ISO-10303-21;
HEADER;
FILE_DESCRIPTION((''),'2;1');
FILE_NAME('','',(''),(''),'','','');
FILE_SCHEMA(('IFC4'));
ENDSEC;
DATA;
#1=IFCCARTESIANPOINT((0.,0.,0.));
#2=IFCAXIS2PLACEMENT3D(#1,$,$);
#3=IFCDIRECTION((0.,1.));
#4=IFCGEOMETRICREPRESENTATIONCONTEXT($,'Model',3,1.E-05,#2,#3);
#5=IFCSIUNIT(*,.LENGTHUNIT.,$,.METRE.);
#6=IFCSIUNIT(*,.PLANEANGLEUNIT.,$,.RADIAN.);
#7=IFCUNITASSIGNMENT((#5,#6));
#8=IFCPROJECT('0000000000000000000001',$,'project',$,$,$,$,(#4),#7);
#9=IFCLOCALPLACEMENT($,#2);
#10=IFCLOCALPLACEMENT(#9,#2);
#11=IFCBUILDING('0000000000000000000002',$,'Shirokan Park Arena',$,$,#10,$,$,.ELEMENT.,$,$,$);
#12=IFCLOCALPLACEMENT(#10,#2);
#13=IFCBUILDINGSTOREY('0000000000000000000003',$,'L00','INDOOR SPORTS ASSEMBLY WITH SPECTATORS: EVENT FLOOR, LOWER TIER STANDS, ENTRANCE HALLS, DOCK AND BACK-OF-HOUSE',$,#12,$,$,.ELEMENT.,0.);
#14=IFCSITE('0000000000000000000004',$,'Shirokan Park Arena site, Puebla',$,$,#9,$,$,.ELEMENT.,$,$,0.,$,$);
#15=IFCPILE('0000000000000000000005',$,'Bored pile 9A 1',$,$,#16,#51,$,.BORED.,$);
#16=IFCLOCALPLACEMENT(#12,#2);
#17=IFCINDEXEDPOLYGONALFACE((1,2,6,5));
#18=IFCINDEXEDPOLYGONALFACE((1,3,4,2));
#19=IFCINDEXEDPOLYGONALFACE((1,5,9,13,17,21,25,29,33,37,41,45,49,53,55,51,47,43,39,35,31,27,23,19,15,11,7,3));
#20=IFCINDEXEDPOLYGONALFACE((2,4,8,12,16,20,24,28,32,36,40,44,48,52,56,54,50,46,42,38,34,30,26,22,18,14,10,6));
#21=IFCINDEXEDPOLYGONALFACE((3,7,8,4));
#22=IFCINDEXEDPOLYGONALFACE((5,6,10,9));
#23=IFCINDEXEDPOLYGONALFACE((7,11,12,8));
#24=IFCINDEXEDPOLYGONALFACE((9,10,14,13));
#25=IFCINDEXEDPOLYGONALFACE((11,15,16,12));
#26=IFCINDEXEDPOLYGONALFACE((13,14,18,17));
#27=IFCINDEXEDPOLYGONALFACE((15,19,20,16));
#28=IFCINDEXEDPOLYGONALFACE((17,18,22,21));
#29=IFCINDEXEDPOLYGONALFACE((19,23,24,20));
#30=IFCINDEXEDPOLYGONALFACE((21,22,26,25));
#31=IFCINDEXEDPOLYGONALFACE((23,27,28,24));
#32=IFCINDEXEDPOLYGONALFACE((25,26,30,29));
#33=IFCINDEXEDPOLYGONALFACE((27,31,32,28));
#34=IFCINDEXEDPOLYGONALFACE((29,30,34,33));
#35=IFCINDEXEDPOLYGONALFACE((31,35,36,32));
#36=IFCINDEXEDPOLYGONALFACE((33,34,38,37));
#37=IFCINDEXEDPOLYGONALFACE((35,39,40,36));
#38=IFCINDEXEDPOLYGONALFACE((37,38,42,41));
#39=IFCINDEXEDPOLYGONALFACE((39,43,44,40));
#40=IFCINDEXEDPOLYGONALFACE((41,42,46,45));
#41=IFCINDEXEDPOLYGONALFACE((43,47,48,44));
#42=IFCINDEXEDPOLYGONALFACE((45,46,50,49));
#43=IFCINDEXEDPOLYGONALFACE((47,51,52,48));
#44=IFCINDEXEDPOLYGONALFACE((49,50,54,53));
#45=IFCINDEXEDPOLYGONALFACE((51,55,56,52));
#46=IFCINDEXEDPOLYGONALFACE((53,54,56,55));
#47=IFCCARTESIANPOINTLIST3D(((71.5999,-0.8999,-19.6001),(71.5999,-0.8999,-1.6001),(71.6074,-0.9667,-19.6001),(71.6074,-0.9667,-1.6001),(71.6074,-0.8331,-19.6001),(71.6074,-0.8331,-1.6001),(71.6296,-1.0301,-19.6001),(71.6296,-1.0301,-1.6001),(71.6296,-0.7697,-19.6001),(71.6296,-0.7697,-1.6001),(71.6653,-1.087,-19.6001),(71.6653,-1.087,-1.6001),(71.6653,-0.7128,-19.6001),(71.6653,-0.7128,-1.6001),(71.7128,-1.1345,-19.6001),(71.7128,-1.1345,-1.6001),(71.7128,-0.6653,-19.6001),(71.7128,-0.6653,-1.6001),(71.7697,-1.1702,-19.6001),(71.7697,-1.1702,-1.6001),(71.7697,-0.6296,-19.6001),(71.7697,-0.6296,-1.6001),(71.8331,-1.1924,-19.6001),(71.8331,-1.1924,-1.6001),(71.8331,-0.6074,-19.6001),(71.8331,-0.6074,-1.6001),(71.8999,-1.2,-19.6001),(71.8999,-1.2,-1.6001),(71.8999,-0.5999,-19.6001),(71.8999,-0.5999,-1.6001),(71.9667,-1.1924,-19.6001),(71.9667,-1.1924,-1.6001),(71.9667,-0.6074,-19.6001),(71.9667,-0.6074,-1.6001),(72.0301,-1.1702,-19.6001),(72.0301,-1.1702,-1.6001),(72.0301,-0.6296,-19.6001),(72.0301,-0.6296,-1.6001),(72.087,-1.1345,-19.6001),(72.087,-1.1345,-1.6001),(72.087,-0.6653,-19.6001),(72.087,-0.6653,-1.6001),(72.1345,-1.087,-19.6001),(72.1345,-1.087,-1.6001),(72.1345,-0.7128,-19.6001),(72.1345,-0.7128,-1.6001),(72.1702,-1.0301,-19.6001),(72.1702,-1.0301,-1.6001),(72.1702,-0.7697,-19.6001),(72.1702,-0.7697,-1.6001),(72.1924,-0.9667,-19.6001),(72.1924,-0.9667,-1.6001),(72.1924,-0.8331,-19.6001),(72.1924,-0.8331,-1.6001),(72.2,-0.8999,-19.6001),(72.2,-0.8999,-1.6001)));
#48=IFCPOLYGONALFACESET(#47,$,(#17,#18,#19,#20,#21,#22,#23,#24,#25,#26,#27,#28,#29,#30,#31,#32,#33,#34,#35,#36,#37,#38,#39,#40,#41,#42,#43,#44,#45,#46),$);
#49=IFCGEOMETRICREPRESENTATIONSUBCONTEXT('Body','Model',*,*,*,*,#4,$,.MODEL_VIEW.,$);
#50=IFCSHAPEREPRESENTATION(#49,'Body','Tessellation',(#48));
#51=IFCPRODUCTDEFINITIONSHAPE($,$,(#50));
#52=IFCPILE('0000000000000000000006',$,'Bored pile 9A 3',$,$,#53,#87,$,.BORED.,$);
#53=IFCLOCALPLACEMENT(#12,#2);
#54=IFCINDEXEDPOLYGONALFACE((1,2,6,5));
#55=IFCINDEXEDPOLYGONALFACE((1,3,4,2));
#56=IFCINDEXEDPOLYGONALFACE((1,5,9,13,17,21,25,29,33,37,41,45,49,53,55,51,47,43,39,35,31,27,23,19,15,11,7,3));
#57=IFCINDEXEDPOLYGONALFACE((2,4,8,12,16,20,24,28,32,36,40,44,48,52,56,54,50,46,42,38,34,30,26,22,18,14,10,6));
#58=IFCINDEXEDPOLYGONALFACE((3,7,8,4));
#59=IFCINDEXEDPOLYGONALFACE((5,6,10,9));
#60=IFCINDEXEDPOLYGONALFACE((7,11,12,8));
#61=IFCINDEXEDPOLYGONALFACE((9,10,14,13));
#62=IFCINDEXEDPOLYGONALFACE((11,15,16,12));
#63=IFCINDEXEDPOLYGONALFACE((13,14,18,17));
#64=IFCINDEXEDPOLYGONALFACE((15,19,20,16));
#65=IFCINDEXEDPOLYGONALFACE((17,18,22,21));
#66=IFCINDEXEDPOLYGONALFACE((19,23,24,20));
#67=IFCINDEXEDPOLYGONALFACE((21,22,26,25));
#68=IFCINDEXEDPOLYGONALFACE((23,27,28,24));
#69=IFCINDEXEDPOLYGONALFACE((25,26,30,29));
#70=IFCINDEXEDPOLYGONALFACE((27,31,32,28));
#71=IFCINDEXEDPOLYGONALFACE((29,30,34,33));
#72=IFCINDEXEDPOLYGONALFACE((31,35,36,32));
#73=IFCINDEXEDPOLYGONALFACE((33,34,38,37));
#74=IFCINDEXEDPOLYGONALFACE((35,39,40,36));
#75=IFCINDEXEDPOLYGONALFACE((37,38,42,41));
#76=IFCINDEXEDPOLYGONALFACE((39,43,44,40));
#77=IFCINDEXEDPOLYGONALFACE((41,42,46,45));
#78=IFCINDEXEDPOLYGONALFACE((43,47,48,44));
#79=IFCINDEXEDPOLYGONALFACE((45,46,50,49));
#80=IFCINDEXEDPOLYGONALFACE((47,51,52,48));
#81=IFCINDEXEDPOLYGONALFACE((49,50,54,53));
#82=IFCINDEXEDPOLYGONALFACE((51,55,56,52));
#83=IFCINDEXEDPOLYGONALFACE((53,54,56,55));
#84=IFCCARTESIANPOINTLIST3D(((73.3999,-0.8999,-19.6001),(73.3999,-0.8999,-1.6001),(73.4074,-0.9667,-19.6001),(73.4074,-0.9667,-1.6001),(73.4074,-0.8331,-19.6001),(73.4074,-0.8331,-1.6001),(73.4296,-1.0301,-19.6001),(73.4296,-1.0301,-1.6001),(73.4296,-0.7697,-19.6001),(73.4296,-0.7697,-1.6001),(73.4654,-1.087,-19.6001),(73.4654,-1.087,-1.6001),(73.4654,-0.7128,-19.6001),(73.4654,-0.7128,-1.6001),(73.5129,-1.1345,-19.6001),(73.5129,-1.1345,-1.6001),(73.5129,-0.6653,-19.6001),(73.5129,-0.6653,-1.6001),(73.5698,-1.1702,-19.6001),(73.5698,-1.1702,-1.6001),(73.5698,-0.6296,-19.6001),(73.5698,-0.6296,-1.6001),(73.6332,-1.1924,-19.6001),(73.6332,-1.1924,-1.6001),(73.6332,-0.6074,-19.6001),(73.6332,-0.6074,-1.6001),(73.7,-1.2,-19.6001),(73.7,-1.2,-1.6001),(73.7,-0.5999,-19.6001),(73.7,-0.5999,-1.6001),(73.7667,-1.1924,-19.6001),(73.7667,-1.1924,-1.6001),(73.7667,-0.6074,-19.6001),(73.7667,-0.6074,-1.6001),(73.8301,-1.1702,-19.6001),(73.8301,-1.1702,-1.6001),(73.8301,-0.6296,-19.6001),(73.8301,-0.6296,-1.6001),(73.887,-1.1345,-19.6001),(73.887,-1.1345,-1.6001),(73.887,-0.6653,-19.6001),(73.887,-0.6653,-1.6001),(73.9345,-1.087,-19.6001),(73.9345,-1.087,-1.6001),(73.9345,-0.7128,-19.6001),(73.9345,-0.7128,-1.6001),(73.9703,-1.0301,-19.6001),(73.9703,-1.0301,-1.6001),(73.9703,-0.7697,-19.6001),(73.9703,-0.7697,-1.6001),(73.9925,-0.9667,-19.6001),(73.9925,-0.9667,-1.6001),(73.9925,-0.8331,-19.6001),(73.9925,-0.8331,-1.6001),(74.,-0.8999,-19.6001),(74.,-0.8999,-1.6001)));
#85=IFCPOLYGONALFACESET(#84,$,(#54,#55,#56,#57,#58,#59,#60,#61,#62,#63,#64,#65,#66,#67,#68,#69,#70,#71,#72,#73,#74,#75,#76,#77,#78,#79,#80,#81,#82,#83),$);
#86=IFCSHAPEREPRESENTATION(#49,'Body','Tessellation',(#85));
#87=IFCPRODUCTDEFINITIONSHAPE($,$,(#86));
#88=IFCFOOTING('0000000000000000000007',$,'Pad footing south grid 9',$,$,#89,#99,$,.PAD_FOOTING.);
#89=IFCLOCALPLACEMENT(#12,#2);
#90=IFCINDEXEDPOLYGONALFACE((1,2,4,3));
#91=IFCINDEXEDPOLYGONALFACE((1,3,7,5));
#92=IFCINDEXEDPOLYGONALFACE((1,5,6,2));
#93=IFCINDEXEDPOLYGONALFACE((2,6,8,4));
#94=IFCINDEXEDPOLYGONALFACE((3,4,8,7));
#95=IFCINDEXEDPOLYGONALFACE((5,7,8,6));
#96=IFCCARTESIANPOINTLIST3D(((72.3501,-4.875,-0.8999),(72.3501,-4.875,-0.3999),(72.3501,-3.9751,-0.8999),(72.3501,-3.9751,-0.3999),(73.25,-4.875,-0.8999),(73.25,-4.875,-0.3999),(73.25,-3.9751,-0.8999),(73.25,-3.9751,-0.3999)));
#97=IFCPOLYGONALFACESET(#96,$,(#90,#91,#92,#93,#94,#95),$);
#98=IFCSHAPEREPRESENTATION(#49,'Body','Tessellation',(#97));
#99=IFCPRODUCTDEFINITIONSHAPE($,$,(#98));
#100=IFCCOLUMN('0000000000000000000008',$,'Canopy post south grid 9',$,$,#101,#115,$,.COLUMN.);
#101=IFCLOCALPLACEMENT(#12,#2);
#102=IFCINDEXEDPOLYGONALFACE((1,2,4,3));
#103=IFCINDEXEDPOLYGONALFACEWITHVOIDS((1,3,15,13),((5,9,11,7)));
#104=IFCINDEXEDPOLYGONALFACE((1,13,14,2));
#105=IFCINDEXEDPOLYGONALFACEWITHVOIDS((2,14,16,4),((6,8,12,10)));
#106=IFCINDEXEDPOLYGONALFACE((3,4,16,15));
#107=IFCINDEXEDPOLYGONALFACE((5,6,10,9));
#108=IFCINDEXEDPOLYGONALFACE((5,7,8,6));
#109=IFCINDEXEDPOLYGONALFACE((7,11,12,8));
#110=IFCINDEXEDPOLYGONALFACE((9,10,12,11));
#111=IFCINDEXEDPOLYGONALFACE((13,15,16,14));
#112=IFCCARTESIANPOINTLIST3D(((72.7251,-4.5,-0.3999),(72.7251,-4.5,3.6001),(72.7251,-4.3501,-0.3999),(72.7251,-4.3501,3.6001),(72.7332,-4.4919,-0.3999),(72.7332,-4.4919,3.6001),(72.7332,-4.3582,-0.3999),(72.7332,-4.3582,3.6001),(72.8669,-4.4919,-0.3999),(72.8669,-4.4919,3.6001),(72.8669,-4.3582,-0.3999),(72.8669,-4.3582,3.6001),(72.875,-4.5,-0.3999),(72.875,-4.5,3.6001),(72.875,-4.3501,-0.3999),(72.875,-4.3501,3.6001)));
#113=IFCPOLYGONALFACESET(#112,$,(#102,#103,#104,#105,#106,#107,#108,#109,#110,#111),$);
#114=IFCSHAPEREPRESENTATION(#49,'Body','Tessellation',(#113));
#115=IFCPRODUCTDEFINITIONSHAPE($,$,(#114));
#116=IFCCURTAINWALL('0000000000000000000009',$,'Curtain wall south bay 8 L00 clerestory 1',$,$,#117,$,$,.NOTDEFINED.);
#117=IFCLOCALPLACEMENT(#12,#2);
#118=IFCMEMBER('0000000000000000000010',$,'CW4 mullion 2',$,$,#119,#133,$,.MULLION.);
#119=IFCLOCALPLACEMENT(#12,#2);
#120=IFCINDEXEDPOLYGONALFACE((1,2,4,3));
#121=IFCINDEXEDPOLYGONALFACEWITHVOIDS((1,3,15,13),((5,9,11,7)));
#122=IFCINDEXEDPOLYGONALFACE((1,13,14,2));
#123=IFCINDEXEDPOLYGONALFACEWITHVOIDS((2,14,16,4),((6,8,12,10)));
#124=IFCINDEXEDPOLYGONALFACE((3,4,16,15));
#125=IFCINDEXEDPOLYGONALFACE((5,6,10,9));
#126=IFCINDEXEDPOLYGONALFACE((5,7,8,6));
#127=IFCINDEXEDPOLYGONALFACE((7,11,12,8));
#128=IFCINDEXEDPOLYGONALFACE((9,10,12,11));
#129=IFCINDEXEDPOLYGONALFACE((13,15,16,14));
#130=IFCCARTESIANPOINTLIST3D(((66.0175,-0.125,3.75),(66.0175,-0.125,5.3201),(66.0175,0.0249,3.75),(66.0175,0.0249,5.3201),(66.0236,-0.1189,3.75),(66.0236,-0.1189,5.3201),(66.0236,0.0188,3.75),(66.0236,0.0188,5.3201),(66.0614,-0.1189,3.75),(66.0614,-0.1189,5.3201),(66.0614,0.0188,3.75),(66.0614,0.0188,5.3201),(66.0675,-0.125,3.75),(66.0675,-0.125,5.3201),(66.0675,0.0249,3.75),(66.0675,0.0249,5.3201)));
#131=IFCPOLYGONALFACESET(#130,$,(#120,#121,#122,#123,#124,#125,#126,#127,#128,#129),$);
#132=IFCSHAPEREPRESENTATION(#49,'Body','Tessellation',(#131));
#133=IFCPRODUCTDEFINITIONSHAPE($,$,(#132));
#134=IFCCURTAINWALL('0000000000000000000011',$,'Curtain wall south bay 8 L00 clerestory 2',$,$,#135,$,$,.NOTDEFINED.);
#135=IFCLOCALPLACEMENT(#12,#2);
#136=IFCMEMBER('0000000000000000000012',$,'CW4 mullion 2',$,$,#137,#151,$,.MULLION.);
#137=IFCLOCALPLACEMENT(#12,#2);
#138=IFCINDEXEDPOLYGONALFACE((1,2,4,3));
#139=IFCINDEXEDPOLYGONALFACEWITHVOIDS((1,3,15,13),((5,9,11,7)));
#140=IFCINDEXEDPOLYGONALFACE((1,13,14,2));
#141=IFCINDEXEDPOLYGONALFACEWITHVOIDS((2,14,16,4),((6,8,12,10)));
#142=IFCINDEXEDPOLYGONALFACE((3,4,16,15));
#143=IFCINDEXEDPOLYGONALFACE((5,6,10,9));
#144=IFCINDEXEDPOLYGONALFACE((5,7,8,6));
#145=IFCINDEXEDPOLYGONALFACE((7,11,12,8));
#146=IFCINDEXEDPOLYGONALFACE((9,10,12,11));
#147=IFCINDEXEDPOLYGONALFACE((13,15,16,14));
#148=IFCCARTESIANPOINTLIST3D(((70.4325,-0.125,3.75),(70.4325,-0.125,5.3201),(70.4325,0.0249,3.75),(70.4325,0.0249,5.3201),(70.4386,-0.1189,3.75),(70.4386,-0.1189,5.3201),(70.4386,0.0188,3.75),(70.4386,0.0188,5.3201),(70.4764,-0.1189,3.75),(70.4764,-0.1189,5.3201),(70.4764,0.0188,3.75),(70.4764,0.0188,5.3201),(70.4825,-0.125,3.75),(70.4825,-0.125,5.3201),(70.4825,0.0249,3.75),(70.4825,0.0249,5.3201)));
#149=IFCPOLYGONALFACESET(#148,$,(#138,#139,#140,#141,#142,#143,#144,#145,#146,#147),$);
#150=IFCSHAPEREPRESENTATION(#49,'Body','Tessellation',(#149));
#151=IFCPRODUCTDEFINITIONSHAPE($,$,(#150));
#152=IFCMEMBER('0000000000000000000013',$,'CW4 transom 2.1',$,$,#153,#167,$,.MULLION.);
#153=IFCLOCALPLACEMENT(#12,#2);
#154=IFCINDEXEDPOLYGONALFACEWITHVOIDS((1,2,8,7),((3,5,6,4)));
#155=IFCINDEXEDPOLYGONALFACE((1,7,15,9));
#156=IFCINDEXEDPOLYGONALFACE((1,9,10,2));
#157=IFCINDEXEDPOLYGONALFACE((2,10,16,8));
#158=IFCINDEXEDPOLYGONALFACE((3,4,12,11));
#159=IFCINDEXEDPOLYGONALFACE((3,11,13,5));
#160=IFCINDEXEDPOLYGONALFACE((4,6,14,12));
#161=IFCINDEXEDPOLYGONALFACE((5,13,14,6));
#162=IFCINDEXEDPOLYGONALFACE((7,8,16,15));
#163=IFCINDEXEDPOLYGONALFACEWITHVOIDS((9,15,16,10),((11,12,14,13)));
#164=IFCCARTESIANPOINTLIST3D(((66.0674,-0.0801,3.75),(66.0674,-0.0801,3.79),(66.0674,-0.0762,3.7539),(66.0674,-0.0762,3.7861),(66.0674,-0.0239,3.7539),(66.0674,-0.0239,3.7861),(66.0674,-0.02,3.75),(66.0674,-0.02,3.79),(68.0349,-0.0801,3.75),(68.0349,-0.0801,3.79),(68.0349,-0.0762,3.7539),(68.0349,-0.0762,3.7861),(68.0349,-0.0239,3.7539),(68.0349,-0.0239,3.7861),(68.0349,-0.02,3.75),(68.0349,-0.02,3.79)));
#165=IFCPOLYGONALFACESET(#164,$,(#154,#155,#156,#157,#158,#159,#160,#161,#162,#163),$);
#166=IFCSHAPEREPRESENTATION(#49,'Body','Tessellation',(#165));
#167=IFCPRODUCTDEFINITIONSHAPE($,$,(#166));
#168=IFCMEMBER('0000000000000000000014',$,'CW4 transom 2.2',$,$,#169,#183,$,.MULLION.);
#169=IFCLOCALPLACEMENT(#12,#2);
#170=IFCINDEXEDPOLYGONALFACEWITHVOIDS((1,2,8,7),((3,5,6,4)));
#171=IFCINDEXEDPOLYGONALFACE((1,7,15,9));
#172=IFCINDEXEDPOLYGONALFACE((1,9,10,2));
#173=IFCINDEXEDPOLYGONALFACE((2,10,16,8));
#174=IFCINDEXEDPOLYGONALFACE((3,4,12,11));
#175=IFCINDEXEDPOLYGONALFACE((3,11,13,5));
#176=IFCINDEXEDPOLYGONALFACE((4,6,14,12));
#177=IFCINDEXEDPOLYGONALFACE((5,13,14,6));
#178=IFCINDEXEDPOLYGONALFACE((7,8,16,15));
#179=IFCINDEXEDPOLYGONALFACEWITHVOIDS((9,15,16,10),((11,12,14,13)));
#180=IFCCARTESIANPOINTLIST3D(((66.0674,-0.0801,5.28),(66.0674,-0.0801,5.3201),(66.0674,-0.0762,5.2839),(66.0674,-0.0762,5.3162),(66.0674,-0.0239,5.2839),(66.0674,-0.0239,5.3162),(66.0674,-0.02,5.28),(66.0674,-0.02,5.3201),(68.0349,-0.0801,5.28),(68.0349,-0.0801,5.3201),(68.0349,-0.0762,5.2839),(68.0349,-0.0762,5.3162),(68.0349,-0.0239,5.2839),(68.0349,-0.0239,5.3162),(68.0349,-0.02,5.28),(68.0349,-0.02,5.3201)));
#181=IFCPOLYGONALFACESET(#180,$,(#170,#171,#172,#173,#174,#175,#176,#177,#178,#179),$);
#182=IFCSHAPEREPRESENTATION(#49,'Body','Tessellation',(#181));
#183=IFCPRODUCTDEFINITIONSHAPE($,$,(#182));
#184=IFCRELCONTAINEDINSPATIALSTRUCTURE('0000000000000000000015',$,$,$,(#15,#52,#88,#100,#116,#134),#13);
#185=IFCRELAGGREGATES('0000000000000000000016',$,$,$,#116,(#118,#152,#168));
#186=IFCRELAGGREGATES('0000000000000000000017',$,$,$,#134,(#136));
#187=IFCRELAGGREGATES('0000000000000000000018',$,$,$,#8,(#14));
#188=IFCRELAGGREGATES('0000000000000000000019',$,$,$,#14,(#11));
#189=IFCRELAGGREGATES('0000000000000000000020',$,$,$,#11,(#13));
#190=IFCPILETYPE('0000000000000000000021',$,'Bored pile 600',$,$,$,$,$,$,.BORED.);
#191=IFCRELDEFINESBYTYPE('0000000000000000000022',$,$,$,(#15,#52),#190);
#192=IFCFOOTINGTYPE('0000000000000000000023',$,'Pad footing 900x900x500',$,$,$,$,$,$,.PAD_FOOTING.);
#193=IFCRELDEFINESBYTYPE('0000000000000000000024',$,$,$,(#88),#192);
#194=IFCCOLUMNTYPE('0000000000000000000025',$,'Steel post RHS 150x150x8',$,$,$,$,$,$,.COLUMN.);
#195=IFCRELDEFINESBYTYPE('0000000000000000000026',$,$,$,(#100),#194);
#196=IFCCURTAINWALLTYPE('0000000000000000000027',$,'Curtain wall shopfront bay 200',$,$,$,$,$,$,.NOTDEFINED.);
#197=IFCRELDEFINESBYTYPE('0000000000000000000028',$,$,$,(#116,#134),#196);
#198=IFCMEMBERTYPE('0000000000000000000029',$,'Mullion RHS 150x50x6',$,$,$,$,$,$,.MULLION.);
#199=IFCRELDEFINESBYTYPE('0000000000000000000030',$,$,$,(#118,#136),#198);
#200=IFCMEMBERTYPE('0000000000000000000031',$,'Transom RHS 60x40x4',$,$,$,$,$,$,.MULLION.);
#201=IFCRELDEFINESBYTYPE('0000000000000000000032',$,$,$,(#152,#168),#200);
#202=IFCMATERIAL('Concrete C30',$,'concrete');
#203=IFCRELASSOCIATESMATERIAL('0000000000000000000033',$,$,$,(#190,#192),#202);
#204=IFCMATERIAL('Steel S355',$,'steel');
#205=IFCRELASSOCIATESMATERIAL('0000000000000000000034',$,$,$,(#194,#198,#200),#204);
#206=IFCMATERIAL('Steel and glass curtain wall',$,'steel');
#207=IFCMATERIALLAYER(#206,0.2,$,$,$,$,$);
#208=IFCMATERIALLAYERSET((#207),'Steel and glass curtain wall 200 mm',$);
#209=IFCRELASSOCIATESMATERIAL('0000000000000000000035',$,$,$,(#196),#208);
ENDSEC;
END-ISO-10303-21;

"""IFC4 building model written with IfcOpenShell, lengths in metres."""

from ifc_helpers import new_model, si_unit, direction, frame, origin, origin_2d, place, context, subcontext, project, spatial, rectangle, hollow_rectangle, circle, extrude, material, layer, layer_set, material_profile, profile_set, type_object, element, aggregate, save


model = new_model("IFC4")

# Units and contexts
model_context = context("Model", 3, precision=1e-05, world=origin(), true_north=direction((0.0, 1.0)))
body_context = subcontext(model_context, "Body", "Model", "MODEL_VIEW")
ifc_project = project(units=[si_unit("LENGTHUNIT", "METRE"), si_unit("PLANEANGLEUNIT", "RADIAN")], contexts=[model_context])

# Site, building, storey
site_placement = place(None, origin())
site = spatial("IfcSite", under=ifc_project, at=site_placement, Name="Shirokan Park Arena site, Puebla", CompositionType="ELEMENT", RefElevation=0.0)
building_placement = place(site_placement, origin())
building = spatial("IfcBuilding", under=site, at=building_placement, Name="Shirokan Park Arena", CompositionType="ELEMENT")
storey_placement = place(building_placement, origin())
storey = spatial("IfcBuildingStorey", under=building, at=storey_placement, Name="L00", Description="INDOOR SPORTS ASSEMBLY WITH SPECTATORS: EVENT FLOOR, LOWER TIER STANDS, ENTRANCE HALLS, DOCK AND BACK-OF-HOUSE", CompositionType="ELEMENT", Elevation=0.0)

# Piles
ifc_material_1 = material(Name="Concrete C30", Category="concrete")
ifc_material_profile_1 = material_profile(ifc_material_1, circle(Radius=0.3, at=origin_2d()), Name="D600")
ifc_profile_set_1 = profile_set([ifc_material_profile_1], Name="Concrete C30")
pile_type = type_object("IfcPileType", Name="Bored pile 600", PredefinedType="BORED", material=ifc_profile_set_1)
for number, where, z_axis, x_axis, name in (
    (1, (71.8999, -0.8999, -1.6001), (0.0, 0.0, -1.0), (1.0, 0.0, 0.0), "Bored pile 9A 1"),
    (2, (73.7, -0.8999, -1.6001), (0.0, 0.0, -1.0), (1.0, 0.0, 0.0), "Bored pile 9A 3"),
):
    element("IfcPile", number, at=place(storey_placement, frame(where, z_axis=z_axis, x_axis=x_axis)), inside=storey, type_object=pile_type, Name=name, PredefinedType="BORED", context=body_context, shape_type="SweptSolid", body=[
        extrude(circle(Radius=0.3, at=origin_2d()), origin(), (0.0, 0.0, 1.0), 18.0),
    ])

# Footing
footing_type = type_object("IfcFootingType", Name="Pad footing 900x900x500", PredefinedType="PAD_FOOTING", material=ifc_material_1)
footing_placement = place(storey_placement, frame((72.8, -4.425, -0.8999), z_axis=(0.0, 0.0, 1.0), x_axis=(1.0, 0.0, 0.0)))
element("IfcFooting", 3, at=footing_placement, inside=storey, type_object=footing_type, Name="Pad footing south grid 9", PredefinedType="PAD_FOOTING", context=body_context, shape_type="SweptSolid", body=[
    extrude(rectangle(XDim=0.8999, YDim=0.8999, at=origin_2d()), origin(), (0.0, 0.0, 1.0), 0.5),
])

# Column
ifc_material_2 = material(Name="Steel S355", Category="steel")
ifc_material_profile_2 = material_profile(ifc_material_2, hollow_rectangle(XDim=0.1499, YDim=0.1499, WallThickness=0.0081, at=origin_2d()), Name="RHS 150x150x8")
ifc_profile_set_2 = profile_set([ifc_material_profile_2], Name="Steel S355")
column_type = type_object("IfcColumnType", Name="Steel post RHS 150x150x8", PredefinedType="COLUMN", material=ifc_profile_set_2)
column_placement = place(storey_placement, frame((72.8, -4.425, -0.3999), z_axis=(0.0, 0.0, 1.0), x_axis=(1.0, 0.0, 0.0)))
element("IfcColumn", 4, at=column_placement, inside=storey, type_object=column_type, Name="Canopy post south grid 9", PredefinedType="COLUMN", context=body_context, shape_type="SweptSolid", body=[
    extrude(hollow_rectangle(XDim=0.1499, YDim=0.1499, WallThickness=0.0081, at=origin_2d()), origin(), (0.0, 0.0, 1.0), 4.0),
])

# Curtain walls, members
ifc_material_3 = material(Name="Steel and glass curtain wall", Category="steel")
ifc_layer_1 = layer(ifc_material_3, 0.2)
ifc_layer_set_1 = layer_set([ifc_layer_1], Name="Steel and glass curtain wall 200 mm")
curtain_wall_type = type_object("IfcCurtainWallType", Name="Curtain wall shopfront bay 200", PredefinedType="NOTDEFINED", material=ifc_layer_set_1)
curtain_wall_1_placement = place(storey_placement, origin())
curtain_wall_1 = element("IfcCurtainWall", 5, at=curtain_wall_1_placement, inside=storey, type_object=curtain_wall_type, Name="Curtain wall south bay 8 L00 clerestory 1", PredefinedType="NOTDEFINED")
ifc_material_profile_3 = material_profile(ifc_material_2, hollow_rectangle(XDim=0.1499, YDim=0.05, WallThickness=0.0061, at=origin_2d()), Name="RHS 150x50x6")
ifc_profile_set_3 = profile_set([ifc_material_profile_3], Name="Steel S355")
member_type_1 = type_object("IfcMemberType", Name="Mullion RHS 150x50x6", PredefinedType="MULLION", material=ifc_profile_set_3)
member_1_placement = place(storey_placement, frame((66.0425, -0.05, 3.75), z_axis=(0.0, 0.0, 1.0), x_axis=(0.0, 1.0, 0.0)))
member_1 = element("IfcMember", 6, at=member_1_placement, type_object=member_type_1, Name="CW4 mullion 2", PredefinedType="MULLION", context=body_context, shape_type="SweptSolid", body=[
    extrude(hollow_rectangle(XDim=0.1499, YDim=0.05, WallThickness=0.0061, at=origin_2d()), origin(), (0.0, 0.0, 1.0), 1.5701),
])
curtain_wall_2_placement = place(storey_placement, origin())
curtain_wall_2 = element("IfcCurtainWall", 7, at=curtain_wall_2_placement, inside=storey, type_object=curtain_wall_type, Name="Curtain wall south bay 8 L00 clerestory 2", PredefinedType="NOTDEFINED")
member_2_placement = place(storey_placement, frame((70.4575, -0.05, 3.75), z_axis=(0.0, 0.0, 1.0), x_axis=(0.0, 1.0, 0.0)))
member_2 = element("IfcMember", 8, at=member_2_placement, type_object=member_type_1, Name="CW4 mullion 2", PredefinedType="MULLION", context=body_context, shape_type="SweptSolid", body=[
    extrude(hollow_rectangle(XDim=0.1499, YDim=0.05, WallThickness=0.0061, at=origin_2d()), origin(), (0.0, 0.0, 1.0), 1.5701),
])

# Members
ifc_material_profile_4 = material_profile(ifc_material_2, hollow_rectangle(XDim=0.0601, YDim=0.04, WallThickness=0.0039, at=origin_2d()), Name="RHS 60x40x4")
ifc_profile_set_4 = profile_set([ifc_material_profile_4], Name="Steel S355")
member_type_2 = type_object("IfcMemberType", Name="Transom RHS 60x40x4", PredefinedType="MULLION", material=ifc_profile_set_4)
member_3_placement = place(storey_placement, frame((66.0674, -0.05, 3.77), z_axis=(1.0, 0.0, 0.0), x_axis=(0.0, 1.0, 0.0)))
member_3 = element("IfcMember", 9, at=member_3_placement, type_object=member_type_2, Name="CW4 transom 2.1", PredefinedType="MULLION", context=body_context, shape_type="SweptSolid", body=[
    extrude(hollow_rectangle(XDim=0.0601, YDim=0.04, WallThickness=0.0039, at=origin_2d()), origin(), (0.0, 0.0, 1.0), 1.9675),
])
member_4_placement = place(storey_placement, frame((66.0674, -0.05, 5.3), z_axis=(1.0, 0.0, 0.0), x_axis=(0.0, 1.0, 0.0)))
member_4 = element("IfcMember", 10, at=member_4_placement, type_object=member_type_2, Name="CW4 transom 2.2", PredefinedType="MULLION", context=body_context, shape_type="SweptSolid", body=[
    extrude(hollow_rectangle(XDim=0.0601, YDim=0.04, WallThickness=0.0039, at=origin_2d()), origin(), (0.0, 0.0, 1.0), 1.9675),
])

aggregate(curtain_wall_1, [member_1, member_3, member_4])
aggregate(curtain_wall_2, [member_2])

save(model, "model.ifc")
